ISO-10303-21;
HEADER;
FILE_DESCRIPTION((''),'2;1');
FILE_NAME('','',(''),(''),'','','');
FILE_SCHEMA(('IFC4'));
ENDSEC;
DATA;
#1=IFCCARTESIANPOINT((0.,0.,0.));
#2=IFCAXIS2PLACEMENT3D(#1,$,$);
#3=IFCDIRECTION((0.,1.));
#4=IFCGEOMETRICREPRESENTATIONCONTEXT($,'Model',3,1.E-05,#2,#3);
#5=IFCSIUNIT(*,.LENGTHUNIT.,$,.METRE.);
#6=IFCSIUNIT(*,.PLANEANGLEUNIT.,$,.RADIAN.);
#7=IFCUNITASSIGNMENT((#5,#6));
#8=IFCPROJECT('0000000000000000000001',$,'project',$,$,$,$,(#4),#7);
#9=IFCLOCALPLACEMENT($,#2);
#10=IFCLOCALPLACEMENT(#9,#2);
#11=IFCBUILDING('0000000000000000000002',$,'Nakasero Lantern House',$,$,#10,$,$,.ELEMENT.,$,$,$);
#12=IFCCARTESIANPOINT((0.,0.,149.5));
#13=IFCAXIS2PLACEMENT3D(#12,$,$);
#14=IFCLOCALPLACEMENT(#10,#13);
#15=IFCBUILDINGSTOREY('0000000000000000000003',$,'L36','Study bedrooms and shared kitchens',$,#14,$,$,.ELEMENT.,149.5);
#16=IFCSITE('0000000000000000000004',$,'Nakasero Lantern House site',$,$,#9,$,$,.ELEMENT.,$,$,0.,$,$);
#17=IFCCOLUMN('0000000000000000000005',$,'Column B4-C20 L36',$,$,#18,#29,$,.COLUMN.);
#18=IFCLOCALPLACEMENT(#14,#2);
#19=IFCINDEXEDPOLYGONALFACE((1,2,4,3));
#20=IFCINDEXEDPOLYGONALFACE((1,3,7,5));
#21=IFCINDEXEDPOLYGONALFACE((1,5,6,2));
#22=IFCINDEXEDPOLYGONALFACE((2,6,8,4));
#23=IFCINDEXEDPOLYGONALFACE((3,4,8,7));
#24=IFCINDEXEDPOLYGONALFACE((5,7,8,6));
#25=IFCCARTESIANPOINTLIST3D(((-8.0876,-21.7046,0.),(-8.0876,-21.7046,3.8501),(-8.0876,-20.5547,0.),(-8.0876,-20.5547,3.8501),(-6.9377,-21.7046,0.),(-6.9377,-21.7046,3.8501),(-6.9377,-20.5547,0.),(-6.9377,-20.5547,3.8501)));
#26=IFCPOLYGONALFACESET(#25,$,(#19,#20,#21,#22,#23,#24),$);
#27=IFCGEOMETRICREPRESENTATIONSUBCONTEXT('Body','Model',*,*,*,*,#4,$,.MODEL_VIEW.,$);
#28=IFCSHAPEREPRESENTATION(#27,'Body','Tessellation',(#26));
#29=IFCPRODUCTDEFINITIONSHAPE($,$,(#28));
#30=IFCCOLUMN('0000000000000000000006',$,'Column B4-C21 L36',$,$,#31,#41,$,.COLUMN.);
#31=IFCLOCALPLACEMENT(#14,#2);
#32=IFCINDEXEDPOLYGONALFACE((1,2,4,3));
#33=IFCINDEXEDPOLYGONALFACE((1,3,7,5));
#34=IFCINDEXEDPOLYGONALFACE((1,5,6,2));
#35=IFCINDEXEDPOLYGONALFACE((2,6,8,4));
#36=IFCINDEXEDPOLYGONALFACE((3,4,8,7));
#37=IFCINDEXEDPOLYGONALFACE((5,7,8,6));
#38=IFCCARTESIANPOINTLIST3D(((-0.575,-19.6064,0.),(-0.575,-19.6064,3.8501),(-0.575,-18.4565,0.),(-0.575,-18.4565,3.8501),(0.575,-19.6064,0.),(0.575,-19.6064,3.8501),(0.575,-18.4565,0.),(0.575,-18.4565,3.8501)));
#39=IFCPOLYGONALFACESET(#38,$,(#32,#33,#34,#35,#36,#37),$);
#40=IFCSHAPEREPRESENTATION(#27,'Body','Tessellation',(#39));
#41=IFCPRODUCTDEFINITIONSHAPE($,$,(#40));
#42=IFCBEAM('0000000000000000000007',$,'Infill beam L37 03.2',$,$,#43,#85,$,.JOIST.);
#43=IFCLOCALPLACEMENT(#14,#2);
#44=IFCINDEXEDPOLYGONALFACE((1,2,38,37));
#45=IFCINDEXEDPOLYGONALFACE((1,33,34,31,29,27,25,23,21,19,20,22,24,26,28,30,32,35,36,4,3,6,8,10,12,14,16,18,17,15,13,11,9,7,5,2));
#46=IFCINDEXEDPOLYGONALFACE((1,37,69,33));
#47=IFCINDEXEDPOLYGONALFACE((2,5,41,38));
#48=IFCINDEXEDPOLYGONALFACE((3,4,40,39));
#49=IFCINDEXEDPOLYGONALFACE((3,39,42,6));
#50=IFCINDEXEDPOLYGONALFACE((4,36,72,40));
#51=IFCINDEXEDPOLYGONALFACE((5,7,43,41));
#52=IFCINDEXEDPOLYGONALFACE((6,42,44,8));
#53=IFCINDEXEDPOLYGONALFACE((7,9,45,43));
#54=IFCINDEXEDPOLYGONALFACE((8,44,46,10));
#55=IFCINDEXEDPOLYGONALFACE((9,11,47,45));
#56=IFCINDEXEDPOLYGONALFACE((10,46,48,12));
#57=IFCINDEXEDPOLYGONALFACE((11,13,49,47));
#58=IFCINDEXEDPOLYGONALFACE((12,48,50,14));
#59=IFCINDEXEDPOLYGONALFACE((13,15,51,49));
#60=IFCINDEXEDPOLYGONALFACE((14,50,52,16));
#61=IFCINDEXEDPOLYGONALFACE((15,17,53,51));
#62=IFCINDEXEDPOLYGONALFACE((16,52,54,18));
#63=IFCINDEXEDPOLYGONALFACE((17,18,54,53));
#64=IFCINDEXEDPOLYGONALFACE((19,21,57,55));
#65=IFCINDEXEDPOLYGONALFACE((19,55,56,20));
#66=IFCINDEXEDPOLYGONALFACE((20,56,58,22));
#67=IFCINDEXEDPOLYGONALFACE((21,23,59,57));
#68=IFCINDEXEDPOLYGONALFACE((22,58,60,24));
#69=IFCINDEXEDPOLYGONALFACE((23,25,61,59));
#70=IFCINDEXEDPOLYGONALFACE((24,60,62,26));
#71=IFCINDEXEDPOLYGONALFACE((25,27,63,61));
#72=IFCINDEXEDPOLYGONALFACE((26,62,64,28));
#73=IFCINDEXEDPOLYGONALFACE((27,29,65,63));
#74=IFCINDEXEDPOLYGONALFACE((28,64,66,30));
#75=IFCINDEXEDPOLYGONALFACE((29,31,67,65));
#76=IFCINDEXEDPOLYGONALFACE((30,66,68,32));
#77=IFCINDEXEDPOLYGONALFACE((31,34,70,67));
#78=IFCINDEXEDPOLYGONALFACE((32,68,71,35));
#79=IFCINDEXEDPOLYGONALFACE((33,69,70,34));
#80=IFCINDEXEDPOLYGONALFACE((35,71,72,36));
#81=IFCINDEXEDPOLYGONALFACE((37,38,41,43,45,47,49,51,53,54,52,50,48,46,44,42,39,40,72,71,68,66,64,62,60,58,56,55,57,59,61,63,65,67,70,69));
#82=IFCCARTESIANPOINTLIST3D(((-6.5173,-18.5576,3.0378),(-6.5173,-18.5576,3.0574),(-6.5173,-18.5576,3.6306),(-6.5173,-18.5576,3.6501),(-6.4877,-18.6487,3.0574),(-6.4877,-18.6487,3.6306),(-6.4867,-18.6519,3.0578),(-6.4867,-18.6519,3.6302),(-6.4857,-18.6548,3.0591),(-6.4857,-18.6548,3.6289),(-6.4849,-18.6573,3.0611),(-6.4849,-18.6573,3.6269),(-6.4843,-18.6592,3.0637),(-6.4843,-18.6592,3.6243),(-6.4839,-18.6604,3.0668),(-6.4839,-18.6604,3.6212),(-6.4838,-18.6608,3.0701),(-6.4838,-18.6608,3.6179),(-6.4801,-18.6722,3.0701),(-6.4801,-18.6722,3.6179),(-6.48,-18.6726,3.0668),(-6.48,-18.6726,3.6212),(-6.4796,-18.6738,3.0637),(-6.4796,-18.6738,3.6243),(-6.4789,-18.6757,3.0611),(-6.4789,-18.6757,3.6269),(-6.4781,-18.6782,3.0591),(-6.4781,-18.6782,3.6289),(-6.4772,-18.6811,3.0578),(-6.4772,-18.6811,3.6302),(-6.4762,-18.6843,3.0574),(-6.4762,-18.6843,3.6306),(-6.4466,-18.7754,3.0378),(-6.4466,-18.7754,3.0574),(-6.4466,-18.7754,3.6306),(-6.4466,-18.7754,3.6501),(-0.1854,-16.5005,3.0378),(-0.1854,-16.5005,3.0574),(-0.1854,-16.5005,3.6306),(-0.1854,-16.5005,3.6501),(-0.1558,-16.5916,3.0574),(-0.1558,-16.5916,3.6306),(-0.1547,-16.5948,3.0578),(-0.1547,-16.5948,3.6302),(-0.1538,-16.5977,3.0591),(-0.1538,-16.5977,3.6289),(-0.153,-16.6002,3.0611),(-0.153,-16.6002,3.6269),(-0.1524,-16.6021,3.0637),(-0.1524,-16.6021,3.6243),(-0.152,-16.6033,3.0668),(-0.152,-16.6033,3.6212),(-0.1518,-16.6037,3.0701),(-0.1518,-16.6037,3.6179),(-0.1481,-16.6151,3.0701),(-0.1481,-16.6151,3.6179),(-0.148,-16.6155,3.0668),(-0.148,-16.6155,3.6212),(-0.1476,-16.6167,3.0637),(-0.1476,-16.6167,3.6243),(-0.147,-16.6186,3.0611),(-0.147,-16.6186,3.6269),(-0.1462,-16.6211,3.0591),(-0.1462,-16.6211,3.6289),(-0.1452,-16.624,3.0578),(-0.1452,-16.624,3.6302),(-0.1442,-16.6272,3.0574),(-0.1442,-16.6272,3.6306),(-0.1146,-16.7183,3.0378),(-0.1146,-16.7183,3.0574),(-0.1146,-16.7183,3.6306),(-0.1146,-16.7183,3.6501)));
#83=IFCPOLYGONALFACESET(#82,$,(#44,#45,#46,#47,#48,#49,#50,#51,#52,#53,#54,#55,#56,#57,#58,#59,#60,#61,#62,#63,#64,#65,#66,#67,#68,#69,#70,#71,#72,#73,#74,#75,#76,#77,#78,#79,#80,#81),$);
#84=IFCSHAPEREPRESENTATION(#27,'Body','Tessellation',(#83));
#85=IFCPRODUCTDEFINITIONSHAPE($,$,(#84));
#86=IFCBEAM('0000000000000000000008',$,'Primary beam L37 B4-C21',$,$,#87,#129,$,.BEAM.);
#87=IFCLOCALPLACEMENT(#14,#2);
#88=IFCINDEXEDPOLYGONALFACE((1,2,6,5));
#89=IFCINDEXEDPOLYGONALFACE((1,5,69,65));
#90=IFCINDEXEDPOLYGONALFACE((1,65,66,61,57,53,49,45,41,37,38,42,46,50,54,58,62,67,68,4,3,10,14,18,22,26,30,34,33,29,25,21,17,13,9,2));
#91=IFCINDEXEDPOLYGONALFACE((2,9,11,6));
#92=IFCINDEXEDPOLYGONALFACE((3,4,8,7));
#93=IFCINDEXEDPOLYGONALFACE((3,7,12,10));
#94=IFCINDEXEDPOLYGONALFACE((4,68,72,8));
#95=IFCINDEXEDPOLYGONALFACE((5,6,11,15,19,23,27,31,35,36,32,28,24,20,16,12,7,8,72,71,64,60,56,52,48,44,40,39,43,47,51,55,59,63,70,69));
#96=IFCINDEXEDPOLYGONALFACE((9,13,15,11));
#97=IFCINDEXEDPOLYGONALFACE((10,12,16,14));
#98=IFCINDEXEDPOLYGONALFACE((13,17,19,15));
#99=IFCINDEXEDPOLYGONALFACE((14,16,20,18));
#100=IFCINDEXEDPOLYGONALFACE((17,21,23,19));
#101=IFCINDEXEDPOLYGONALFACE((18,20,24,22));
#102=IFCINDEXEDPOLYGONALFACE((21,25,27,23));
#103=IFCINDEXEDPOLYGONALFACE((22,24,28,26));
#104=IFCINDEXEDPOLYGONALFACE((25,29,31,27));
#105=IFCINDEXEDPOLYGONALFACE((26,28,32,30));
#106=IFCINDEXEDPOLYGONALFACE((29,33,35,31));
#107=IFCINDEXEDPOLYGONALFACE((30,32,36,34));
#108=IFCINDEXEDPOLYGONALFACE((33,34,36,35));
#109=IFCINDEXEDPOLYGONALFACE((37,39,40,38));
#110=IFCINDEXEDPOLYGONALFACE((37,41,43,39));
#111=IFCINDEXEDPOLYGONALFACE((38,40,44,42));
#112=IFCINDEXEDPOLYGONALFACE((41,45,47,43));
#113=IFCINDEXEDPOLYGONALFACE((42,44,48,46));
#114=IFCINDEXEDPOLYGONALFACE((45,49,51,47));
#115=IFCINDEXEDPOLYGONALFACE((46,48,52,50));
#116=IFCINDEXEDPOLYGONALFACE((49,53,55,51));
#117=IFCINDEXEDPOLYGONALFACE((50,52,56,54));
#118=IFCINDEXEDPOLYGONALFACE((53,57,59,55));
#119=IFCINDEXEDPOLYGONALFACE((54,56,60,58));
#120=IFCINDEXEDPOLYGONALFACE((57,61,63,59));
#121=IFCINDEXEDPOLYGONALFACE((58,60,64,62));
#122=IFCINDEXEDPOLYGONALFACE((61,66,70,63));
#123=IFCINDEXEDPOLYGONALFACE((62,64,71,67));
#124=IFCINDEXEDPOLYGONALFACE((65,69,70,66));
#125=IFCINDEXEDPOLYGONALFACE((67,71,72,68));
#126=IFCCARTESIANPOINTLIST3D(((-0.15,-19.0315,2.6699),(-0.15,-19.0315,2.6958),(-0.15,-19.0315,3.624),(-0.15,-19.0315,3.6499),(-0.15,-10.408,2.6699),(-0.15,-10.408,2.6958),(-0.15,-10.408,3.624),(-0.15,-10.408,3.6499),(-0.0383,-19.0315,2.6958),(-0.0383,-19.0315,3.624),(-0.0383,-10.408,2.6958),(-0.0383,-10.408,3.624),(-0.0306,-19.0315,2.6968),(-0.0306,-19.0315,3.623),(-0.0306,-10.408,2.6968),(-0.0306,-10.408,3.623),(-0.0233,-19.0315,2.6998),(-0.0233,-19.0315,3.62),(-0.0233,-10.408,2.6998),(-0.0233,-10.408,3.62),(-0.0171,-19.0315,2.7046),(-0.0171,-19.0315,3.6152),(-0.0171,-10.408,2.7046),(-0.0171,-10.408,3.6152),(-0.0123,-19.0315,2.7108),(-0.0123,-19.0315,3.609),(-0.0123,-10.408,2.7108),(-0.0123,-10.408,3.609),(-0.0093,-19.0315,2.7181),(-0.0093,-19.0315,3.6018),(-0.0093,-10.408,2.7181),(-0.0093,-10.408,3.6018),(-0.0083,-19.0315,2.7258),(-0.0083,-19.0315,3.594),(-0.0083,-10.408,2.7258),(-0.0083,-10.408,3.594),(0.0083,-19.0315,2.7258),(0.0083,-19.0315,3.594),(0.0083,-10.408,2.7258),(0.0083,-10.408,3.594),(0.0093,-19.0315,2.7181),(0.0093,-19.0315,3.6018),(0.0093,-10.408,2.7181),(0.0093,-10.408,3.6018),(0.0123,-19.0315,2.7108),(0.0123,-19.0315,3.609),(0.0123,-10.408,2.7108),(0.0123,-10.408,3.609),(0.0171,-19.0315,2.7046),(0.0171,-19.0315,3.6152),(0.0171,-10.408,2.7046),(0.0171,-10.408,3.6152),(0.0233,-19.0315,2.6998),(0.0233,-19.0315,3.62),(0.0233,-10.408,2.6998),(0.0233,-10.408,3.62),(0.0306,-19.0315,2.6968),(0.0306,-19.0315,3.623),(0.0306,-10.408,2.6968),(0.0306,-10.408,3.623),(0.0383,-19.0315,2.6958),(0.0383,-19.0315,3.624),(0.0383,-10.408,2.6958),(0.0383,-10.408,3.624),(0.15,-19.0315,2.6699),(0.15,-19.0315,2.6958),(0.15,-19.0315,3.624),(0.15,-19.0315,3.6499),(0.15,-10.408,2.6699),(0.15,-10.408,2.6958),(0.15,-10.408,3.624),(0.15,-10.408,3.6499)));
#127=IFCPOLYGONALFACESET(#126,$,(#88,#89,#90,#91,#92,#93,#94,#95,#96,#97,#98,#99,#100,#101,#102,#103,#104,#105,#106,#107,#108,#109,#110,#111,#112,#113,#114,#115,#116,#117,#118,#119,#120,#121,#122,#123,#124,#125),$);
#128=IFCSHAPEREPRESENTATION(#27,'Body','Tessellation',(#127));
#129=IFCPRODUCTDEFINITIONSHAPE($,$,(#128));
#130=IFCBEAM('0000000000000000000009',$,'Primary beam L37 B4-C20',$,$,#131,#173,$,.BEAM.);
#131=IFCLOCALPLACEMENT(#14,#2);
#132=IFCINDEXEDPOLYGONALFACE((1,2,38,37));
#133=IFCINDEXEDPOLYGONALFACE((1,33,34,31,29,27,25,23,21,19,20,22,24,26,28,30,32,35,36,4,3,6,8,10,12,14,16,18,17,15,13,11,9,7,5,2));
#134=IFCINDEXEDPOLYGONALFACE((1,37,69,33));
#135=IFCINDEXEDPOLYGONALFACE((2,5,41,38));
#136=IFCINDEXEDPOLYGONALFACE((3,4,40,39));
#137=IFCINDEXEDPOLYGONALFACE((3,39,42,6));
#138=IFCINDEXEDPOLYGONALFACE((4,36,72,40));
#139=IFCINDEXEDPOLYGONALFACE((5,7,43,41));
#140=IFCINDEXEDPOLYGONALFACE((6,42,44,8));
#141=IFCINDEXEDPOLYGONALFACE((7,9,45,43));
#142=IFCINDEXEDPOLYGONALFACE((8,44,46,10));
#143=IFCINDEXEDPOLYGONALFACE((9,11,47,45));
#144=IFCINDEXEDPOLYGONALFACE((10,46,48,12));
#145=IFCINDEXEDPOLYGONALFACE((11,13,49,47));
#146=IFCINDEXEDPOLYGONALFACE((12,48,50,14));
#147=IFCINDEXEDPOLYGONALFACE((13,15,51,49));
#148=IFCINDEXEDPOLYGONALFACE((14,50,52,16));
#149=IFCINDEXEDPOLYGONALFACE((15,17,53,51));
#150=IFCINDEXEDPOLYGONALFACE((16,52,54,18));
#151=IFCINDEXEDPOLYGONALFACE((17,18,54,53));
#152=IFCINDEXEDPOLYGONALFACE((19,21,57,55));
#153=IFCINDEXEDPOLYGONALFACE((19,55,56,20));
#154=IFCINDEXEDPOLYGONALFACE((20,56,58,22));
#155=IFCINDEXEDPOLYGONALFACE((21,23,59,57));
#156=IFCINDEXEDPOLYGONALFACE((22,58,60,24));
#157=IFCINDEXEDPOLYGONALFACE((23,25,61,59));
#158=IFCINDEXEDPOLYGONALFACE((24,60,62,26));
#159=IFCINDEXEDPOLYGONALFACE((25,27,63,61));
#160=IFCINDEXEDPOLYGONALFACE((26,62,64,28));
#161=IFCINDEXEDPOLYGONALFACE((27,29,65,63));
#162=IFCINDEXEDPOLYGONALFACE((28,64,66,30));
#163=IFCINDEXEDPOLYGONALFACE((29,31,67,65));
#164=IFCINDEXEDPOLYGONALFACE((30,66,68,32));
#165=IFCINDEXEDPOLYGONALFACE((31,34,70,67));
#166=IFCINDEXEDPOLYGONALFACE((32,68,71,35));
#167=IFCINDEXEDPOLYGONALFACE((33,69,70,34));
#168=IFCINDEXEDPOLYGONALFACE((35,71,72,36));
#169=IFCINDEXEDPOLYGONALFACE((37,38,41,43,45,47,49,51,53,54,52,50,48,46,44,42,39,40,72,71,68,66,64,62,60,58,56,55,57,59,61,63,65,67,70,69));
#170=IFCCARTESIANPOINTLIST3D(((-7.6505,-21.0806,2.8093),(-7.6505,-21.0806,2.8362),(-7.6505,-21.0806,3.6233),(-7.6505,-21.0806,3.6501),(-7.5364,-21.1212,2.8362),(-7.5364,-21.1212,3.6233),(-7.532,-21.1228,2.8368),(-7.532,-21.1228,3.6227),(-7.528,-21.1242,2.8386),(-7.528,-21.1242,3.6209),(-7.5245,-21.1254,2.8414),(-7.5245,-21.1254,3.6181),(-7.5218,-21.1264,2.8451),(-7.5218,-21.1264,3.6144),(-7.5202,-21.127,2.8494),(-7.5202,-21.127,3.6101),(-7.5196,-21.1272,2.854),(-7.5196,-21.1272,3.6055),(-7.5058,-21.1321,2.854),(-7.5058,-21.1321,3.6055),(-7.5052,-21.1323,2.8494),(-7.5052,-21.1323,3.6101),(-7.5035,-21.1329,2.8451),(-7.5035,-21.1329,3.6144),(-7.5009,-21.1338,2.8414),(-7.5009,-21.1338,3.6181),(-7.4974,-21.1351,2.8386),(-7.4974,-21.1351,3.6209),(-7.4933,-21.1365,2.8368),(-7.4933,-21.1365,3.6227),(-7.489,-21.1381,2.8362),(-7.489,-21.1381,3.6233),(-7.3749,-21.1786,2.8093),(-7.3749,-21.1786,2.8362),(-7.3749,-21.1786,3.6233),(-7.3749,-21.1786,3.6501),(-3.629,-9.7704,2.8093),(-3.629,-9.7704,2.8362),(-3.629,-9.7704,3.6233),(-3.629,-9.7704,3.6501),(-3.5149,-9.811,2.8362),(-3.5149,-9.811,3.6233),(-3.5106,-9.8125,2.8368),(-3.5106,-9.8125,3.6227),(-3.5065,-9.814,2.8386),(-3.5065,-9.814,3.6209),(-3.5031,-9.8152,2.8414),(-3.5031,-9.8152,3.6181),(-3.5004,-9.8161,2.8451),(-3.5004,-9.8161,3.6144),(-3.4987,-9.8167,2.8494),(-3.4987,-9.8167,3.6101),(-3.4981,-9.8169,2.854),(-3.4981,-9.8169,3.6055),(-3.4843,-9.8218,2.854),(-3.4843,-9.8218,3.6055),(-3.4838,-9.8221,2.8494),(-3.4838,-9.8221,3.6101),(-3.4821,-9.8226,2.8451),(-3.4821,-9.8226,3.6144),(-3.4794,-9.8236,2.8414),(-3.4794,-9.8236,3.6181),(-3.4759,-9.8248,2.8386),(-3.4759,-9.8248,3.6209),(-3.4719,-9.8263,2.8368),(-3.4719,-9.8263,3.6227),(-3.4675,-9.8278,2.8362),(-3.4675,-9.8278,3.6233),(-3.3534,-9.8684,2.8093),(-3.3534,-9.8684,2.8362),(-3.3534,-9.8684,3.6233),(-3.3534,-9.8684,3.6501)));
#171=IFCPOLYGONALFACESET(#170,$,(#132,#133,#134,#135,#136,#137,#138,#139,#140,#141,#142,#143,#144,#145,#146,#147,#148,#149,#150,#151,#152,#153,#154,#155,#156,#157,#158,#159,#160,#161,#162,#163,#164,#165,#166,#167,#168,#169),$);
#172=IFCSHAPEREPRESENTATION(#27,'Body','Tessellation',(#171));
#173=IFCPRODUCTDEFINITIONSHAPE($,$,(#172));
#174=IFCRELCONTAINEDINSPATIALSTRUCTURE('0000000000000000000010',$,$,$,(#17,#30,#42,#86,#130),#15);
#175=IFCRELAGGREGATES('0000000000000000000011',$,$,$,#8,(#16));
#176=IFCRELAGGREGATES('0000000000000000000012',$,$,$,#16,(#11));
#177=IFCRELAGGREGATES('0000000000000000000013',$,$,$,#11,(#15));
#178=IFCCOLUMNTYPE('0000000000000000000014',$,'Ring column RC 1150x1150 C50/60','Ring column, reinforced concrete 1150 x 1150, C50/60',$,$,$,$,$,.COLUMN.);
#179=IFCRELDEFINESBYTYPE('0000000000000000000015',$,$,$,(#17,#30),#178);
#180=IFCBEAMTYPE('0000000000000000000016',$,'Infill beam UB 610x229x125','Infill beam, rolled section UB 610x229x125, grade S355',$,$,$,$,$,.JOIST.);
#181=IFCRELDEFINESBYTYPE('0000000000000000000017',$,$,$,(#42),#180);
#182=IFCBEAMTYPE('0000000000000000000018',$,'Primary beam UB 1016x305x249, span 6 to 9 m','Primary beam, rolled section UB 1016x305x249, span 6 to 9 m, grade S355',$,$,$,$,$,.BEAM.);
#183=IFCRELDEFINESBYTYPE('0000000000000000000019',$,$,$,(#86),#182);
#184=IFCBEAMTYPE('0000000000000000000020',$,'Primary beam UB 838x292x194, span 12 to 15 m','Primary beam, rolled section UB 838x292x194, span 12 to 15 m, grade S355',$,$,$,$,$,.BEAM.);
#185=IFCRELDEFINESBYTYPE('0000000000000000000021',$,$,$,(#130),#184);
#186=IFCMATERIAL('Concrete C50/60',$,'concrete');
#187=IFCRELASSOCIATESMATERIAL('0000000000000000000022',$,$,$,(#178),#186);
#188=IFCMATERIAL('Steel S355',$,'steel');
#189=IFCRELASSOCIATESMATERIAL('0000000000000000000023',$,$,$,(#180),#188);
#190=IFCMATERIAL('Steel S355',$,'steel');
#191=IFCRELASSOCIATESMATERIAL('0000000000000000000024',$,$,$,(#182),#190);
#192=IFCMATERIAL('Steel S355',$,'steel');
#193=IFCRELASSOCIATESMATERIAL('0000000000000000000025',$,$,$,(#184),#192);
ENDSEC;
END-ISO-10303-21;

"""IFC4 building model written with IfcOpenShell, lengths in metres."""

from ifc_helpers import new_model, si_unit, direction, frame, origin, origin_2d, place, context, subcontext, project, spatial, rectangle, i_section, extrude, material, material_profile, profile_set, type_object, element, save


model = new_model("IFC4")

# Units and contexts
model_context = context("Model", 3, precision=1e-05, world=origin(), true_north=direction((0.0, 1.0)))
body_context = subcontext(model_context, "Body", "Model", "MODEL_VIEW")
ifc_project = project(units=[si_unit("LENGTHUNIT", "METRE"), si_unit("PLANEANGLEUNIT", "RADIAN")], contexts=[model_context])

# Site, building, storey
site_placement = place(None, origin())
site = spatial("IfcSite", under=ifc_project, at=site_placement, Name="Nakasero Lantern House site", CompositionType="ELEMENT", RefElevation=0.0)
building_placement = place(site_placement, origin())
building = spatial("IfcBuilding", under=site, at=building_placement, Name="Nakasero Lantern House", CompositionType="ELEMENT")
storey_placement = place(building_placement, frame((0.0, 0.0, 149.5)))
storey = spatial("IfcBuildingStorey", under=building, at=storey_placement, Name="L36", Description="Study bedrooms and shared kitchens", CompositionType="ELEMENT", Elevation=149.5)

# Columns
ifc_material_1 = material(Name="Concrete C50/60", Category="concrete")
ifc_material_profile_1 = material_profile(ifc_material_1, rectangle(XDim=1.1499, YDim=1.1499, at=origin_2d()), Name="RC 1150x1150")
ifc_profile_set_1 = profile_set([ifc_material_profile_1], Name="Concrete C50/60")
column_type = type_object("IfcColumnType", Name="Ring column RC 1150x1150 C50/60", Description="Ring column, reinforced concrete 1150 x 1150, C50/60", PredefinedType="COLUMN", material=ifc_profile_set_1)
for number, where, z_axis, x_axis, name in (
    (1, (-7.5127, -21.1296, 0.0), (0.0, 0.0, 1.0), (1.0, 0.0, 0.0), "Column B4-C20 L36"),
    (2, (0.0, -19.0315, 0.0), (0.0, 0.0, 1.0), (1.0, 0.0, 0.0), "Column B4-C21 L36"),
):
    element("IfcColumn", number, at=place(storey_placement, frame(where, z_axis=z_axis, x_axis=x_axis)), inside=storey, type_object=column_type, Name=name, PredefinedType="COLUMN", context=body_context, shape_type="SweptSolid", body=[
        extrude(rectangle(XDim=1.1499, YDim=1.1499, at=origin_2d()), origin(), (0.0, 0.0, 1.0), 3.8501),
    ])

# Beams
ifc_material_2 = material(Name="Steel S355", Category="steel")
ifc_material_profile_2 = material_profile(ifc_material_2, i_section(OverallWidth=0.229, OverallDepth=0.6123, WebThickness=0.012, FlangeThickness=0.0195, FilletRadius=0.0127, at=origin_2d()), Name="UB 610x229x125")
ifc_profile_set_2 = profile_set([ifc_material_profile_2], Name="Steel S355")
beam_type_1 = type_object("IfcBeamType", Name="Infill beam UB 610x229x125", Description="Infill beam, rolled section UB 610x229x125, grade S355", PredefinedType="JOIST", material=ifc_profile_set_2)
beam_1_placement = place(storey_placement, frame((-6.4819, -18.6665, 3.344), z_axis=(0.951069, 0.30898, 0.0), x_axis=(-0.30898, 0.951069, 0.0)))
element("IfcBeam", 3, at=beam_1_placement, inside=storey, type_object=beam_type_1, Name="Infill beam L37 03.2", PredefinedType="JOIST", context=body_context, shape_type="SweptSolid", body=[
    extrude(i_section(OverallWidth=0.229, OverallDepth=0.6123, WebThickness=0.012, FlangeThickness=0.0195, FilletRadius=0.0127, at=origin_2d()), origin(), (0.0, 0.0, 1.0), 6.6577),
])
ifc_material_3 = material(Name="Steel S355", Category="steel")
ifc_material_profile_3 = material_profile(ifc_material_3, i_section(OverallWidth=0.3, OverallDepth=0.98, WebThickness=0.0166, FlangeThickness=0.0259, FilletRadius=0.03, at=origin_2d()), Name="UB 1016x305x249")
ifc_profile_set_3 = profile_set([ifc_material_profile_3], Name="Steel S355")
beam_type_2 = type_object("IfcBeamType", Name="Primary beam UB 1016x305x249, span 6 to 9 m", Description="Primary beam, rolled section UB 1016x305x249, span 6 to 9 m, grade S355", PredefinedType="BEAM", material=ifc_profile_set_3)
beam_2_placement = place(storey_placement, frame((0.0, -19.0315, 3.1599), z_axis=(0.0, 1.0, 0.0), x_axis=(-1.0, 0.0, 0.0)))
element("IfcBeam", 4, at=beam_2_placement, inside=storey, type_object=beam_type_2, Name="Primary beam L37 B4-C21", PredefinedType="BEAM", context=body_context, shape_type="SweptSolid", body=[
    extrude(i_section(OverallWidth=0.3, OverallDepth=0.98, WebThickness=0.0166, FlangeThickness=0.0259, FilletRadius=0.03, at=origin_2d()), origin(), (0.0, 0.0, 1.0), 8.6235),
])
ifc_material_4 = material(Name="Steel S355", Category="steel")
ifc_material_profile_4 = material_profile(ifc_material_4, i_section(OverallWidth=0.2925, OverallDepth=0.8408, WebThickness=0.0146, FlangeThickness=0.0269, FilletRadius=0.0178, at=origin_2d()), Name="UB 838x292x194")
ifc_profile_set_4 = profile_set([ifc_material_profile_4], Name="Steel S355")
beam_type_3 = type_object("IfcBeamType", Name="Primary beam UB 838x292x194, span 12 to 15 m", Description="Primary beam, rolled section UB 838x292x194, span 12 to 15 m, grade S355", PredefinedType="BEAM", material=ifc_profile_set_4)
beam_3_placement = place(storey_placement, frame((-7.5127, -21.1296, 3.2297), z_axis=(0.335013, 0.942214, 0.0), x_axis=(-0.942214, 0.335013, 0.0)))
element("IfcBeam", 5, at=beam_3_placement, inside=storey, type_object=beam_type_3, Name="Primary beam L37 B4-C20", PredefinedType="BEAM", context=body_context, shape_type="SweptSolid", body=[
    extrude(i_section(OverallWidth=0.2925, OverallDepth=0.8408, WebThickness=0.0146, FlangeThickness=0.0269, FilletRadius=0.0178, at=origin_2d()), origin(), (0.0, 0.0, 1.0), 12.0039),
])

save(model, "model.ifc")
